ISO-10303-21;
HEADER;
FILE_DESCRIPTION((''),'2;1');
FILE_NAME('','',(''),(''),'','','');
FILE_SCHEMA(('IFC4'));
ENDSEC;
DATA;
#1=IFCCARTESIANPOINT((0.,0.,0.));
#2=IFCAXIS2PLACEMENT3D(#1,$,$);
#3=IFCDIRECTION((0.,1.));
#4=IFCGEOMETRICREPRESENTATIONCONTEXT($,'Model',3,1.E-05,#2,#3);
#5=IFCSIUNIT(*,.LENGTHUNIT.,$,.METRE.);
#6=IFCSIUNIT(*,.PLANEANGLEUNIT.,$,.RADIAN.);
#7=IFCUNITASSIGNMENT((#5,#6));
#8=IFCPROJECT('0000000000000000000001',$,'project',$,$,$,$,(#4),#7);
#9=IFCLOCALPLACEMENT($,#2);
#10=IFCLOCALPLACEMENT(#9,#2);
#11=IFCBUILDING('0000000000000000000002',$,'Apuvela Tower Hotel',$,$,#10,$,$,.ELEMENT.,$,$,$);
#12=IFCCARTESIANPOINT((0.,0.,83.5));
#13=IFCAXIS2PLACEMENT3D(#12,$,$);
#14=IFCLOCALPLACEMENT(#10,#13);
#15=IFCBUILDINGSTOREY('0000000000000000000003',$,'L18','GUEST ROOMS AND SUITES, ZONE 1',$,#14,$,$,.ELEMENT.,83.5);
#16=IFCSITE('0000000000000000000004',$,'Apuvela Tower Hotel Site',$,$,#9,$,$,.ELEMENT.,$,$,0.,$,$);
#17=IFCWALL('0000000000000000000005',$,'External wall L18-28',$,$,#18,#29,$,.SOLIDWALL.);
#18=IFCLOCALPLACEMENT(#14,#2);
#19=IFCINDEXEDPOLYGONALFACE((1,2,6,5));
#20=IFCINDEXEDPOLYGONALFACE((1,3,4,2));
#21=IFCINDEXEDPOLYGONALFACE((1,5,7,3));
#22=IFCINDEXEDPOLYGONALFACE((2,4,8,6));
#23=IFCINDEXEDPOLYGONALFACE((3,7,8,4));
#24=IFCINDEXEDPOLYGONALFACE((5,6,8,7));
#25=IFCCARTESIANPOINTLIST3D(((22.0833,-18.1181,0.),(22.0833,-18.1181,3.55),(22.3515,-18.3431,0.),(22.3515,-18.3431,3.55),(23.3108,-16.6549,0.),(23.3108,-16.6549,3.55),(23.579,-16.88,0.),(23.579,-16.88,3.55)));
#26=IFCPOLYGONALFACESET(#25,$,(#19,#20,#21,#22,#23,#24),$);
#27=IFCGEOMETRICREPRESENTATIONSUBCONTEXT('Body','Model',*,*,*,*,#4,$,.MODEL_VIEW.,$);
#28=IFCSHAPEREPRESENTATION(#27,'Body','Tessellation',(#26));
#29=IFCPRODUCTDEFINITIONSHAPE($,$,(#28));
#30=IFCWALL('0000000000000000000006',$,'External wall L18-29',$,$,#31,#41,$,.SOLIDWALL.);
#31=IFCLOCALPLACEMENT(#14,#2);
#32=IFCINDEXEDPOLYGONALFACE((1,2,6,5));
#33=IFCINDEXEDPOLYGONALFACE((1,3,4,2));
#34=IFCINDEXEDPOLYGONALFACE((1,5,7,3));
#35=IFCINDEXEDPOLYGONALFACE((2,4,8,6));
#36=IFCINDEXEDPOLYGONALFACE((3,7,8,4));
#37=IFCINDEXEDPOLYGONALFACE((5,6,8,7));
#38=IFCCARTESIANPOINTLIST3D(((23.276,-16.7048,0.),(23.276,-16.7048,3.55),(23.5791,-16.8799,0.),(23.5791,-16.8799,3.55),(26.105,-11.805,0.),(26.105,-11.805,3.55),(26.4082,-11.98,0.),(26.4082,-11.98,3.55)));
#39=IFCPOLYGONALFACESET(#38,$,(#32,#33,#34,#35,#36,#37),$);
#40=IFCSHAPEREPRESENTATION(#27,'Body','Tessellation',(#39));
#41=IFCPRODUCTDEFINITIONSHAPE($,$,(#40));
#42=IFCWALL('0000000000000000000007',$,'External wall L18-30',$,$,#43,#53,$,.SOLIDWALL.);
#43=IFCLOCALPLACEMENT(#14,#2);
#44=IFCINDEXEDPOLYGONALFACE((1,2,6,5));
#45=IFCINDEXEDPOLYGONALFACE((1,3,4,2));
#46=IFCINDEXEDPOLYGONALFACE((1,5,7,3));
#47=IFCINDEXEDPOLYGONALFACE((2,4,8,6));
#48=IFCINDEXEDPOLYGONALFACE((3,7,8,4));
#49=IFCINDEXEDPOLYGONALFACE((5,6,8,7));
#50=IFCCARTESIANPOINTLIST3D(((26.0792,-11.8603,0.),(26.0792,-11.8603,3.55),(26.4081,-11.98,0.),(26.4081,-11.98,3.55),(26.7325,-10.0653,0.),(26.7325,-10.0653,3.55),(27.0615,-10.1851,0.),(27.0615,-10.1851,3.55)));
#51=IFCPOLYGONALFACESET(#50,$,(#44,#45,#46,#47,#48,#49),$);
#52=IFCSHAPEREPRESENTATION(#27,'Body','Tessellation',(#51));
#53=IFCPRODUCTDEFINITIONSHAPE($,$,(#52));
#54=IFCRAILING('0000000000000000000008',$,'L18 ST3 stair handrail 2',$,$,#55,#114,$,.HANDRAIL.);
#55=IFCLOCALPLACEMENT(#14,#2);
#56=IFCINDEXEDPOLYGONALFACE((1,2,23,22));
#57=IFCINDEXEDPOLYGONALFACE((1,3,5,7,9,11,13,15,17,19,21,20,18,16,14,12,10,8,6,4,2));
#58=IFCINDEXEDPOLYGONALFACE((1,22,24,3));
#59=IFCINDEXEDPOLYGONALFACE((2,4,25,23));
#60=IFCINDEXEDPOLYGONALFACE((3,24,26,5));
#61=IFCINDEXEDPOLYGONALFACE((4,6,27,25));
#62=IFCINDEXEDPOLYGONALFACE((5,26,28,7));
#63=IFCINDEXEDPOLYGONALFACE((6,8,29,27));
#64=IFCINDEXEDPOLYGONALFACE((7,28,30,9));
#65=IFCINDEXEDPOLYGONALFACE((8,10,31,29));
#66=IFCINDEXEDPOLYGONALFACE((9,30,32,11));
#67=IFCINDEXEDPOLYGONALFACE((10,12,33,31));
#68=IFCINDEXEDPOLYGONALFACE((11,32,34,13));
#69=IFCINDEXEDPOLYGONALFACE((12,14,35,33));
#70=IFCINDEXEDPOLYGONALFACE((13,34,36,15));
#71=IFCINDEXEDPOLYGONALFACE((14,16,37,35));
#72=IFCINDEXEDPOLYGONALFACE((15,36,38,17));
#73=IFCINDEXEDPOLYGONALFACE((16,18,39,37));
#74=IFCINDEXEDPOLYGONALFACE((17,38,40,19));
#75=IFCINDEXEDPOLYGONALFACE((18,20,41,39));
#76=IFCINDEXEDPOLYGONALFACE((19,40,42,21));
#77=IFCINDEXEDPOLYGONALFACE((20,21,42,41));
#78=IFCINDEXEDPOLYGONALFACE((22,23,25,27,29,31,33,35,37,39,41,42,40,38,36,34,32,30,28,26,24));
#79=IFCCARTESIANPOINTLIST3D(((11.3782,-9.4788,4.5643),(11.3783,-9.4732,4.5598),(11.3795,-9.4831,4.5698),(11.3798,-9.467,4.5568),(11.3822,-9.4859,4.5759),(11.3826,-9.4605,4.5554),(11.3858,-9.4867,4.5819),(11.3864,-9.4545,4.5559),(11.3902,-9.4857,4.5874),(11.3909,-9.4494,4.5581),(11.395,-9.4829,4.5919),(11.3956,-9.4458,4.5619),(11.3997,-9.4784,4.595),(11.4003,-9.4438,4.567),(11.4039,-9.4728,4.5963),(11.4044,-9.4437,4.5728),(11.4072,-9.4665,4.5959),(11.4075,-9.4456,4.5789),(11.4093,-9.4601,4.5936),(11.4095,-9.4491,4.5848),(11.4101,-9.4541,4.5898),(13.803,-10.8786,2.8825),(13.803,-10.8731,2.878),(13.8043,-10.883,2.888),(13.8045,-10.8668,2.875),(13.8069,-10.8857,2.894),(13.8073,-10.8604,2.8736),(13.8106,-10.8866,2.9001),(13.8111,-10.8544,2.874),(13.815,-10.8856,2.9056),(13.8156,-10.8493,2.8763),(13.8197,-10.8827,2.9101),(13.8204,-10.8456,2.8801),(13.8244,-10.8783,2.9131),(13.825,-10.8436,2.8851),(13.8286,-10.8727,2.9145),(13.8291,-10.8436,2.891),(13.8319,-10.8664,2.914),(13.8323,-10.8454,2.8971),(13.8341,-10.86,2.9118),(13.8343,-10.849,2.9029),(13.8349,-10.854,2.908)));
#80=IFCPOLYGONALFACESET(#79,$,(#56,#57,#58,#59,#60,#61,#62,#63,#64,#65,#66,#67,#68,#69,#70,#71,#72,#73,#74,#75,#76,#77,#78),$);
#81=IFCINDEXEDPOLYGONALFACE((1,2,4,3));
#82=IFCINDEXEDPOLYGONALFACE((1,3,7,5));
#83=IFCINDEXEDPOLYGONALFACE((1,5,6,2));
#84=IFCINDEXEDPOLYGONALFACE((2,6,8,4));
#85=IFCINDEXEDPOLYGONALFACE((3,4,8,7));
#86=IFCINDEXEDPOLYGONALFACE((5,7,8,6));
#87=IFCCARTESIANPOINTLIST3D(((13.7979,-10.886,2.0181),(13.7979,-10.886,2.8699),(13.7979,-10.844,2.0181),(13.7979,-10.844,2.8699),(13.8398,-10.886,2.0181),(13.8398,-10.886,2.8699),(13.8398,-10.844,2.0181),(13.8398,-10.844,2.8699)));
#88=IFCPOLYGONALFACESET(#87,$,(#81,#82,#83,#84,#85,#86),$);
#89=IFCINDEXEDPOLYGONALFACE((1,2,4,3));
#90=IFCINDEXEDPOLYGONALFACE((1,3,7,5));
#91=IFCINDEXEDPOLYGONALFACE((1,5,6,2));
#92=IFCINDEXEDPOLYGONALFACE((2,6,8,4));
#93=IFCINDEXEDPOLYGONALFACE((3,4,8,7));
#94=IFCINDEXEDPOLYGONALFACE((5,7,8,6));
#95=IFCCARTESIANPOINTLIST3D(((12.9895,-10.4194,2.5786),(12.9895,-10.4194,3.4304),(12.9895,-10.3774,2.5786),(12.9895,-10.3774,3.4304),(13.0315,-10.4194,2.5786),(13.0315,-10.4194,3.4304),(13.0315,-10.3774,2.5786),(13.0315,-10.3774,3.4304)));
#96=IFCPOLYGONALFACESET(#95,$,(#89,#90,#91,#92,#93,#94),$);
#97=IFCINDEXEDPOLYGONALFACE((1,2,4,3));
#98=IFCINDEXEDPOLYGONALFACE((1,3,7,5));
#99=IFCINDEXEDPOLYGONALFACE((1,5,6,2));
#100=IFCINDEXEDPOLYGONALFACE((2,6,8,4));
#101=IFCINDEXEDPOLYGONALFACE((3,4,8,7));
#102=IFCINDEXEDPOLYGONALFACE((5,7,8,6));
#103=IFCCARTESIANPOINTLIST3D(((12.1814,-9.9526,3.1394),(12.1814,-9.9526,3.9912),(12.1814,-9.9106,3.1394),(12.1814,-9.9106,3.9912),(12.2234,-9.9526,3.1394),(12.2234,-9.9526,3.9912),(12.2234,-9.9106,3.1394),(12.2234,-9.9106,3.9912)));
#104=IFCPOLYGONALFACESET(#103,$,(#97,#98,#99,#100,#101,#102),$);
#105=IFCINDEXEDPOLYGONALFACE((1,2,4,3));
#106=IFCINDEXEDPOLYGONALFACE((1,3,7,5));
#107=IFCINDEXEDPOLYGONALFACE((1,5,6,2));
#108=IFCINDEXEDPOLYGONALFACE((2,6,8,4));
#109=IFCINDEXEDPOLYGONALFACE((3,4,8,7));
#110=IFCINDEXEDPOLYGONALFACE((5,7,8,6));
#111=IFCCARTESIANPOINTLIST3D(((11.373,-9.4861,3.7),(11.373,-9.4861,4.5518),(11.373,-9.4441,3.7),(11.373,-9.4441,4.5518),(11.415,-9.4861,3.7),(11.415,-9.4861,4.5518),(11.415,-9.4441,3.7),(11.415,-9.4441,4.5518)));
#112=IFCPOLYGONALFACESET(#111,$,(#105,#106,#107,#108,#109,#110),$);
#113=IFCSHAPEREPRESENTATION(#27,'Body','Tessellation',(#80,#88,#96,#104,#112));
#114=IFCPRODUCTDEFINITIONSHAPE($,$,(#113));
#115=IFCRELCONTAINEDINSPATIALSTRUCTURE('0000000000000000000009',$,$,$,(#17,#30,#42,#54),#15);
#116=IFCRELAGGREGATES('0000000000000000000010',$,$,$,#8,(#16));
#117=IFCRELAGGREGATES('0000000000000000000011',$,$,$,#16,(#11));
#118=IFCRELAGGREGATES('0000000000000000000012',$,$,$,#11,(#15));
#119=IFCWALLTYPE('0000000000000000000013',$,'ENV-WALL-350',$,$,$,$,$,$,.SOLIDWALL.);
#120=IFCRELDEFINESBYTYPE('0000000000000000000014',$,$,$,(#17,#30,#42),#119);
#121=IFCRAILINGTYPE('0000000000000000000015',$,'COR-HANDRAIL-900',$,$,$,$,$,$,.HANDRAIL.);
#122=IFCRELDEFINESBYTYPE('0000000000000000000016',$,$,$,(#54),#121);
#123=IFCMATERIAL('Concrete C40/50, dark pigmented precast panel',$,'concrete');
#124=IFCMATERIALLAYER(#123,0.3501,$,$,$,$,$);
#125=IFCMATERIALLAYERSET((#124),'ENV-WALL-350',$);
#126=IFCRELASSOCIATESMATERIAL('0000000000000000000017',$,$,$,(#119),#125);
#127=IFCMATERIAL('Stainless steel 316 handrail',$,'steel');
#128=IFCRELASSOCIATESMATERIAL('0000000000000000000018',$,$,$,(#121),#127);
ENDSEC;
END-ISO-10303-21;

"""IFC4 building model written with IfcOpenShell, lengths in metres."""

from ifc_helpers import new_model, si_unit, direction, frame, frame_2d, origin, origin_2d, place, context, subcontext, project, spatial, rectangle, circle, extrude, material, layer, layer_set, type_object, element, save


model = new_model("IFC4")

# Units and contexts
model_context = context("Model", 3, precision=1e-05, world=origin(), true_north=direction((0.0, 1.0)))
body_context = subcontext(model_context, "Body", "Model", "MODEL_VIEW")
ifc_project = project(units=[si_unit("LENGTHUNIT", "METRE"), si_unit("PLANEANGLEUNIT", "RADIAN")], contexts=[model_context])

# Site, building, storey
site_placement = place(None, origin())
site = spatial("IfcSite", under=ifc_project, at=site_placement, Name="Apuvela Tower Hotel Site", CompositionType="ELEMENT", RefElevation=0.0)
building_placement = place(site_placement, origin())
building = spatial("IfcBuilding", under=site, at=building_placement, Name="Apuvela Tower Hotel", CompositionType="ELEMENT")
storey_placement = place(building_placement, frame((0.0, 0.0, 83.5)))
storey = spatial("IfcBuildingStorey", under=building, at=storey_placement, Name="L18", Description="GUEST ROOMS AND SUITES, ZONE 1", CompositionType="ELEMENT", Elevation=83.5)

# Shared definitions
ifc_material_1 = material(Name="Concrete C40/50, dark pigmented precast panel", Category="concrete")
ifc_layer_1 = layer(ifc_material_1, 0.3501)
ifc_layer_set_1 = layer_set([ifc_layer_1], Name="ENV-WALL-350")
wall_type_1 = type_object("IfcWallType", Name="ENV-WALL-350", PredefinedType="SOLIDWALL", material=ifc_layer_set_1)

# Walls
for number, where, z_axis, x_axis, name in (
    (1, (22.2173, -18.2307, 0.0), (0.0, 0.0, 1.0), (0.642733, 0.76609, 0.0), "External wall L18-28"),
):
    element("IfcWall", number, at=place(storey_placement, frame(where, z_axis=z_axis, x_axis=x_axis)), inside=storey, type_object=wall_type_1, Name=name, PredefinedType="SOLIDWALL", context=body_context, shape_type="SweptSolid", body=[
        extrude(rectangle(XDim=1.9099, YDim=0.3501, at=frame_2d((0.9551, 0.0))), origin(), (0.0, 0.0, 1.0), 3.55),
    ])
wall_1_placement = place(storey_placement, frame((23.4275, -16.7925, 0.0), z_axis=(0.0, 0.0, 1.0), x_axis=(0.500019, 0.866015, 0.0)))
element("IfcWall", 2, at=wall_1_placement, inside=storey, type_object=wall_type_1, Name="External wall L18-29", PredefinedType="SOLIDWALL", context=body_context, shape_type="SweptSolid", body=[
    extrude(rectangle(XDim=5.658, YDim=0.3501, at=frame_2d((2.8291, 0.0))), origin(), (0.0, 0.0, 1.0), 3.55),
])
wall_2_placement = place(storey_placement, frame((26.2437, -11.9202, 0.0), z_axis=(0.0, 0.0, 1.0), x_axis=(0.34203, 0.939689, 0.0)))
element("IfcWall", 3, at=wall_2_placement, inside=storey, type_object=wall_type_1, Name="External wall L18-30", PredefinedType="SOLIDWALL", context=body_context, shape_type="SweptSolid", body=[
    extrude(rectangle(XDim=1.9102, YDim=0.3501, at=frame_2d((0.9551, 0.0))), origin(), (0.0, 0.0, 1.0), 3.55),
])

# Railing
ifc_material_2 = material(Name="Stainless steel 316 handrail", Category="steel")
railing_type = type_object("IfcRailingType", Name="COR-HANDRAIL-900", PredefinedType="HANDRAIL", material=ifc_material_2)
railing_placement = place(storey_placement, frame((13.8188, -10.865, 2.0181)))
element("IfcRailing", 4, at=railing_placement, inside=storey, type_object=railing_type, Name="L18 ST3 stair handrail 2", PredefinedType="HANDRAIL", context=body_context, shape_type="SweptSolid", body=[
    extrude(circle(Radius=0.0239, at=origin_2d()), frame((0.0, 0.0, 0.876), z_axis=(-0.74239, 0.428601, 0.514934), x_axis=(-0.499984, -0.866035, 0.0)), (0.0, 0.0, 1.0), 3.2661),
    extrude(rectangle(XDim=0.042, YDim=0.042, at=origin_2d()), origin(), (0.0, 0.0, 1.0), 0.8518),
    extrude(rectangle(XDim=0.042, YDim=0.042, at=origin_2d()), frame((-0.8083, 0.4666, 0.5605)), (0.0, 0.0, 1.0), 0.8518),
    extrude(rectangle(XDim=0.042, YDim=0.042, at=origin_2d()), frame((-1.6165, 0.9333, 1.1213)), (0.0, 0.0, 1.0), 0.8518),
    extrude(rectangle(XDim=0.042, YDim=0.042, at=origin_2d()), frame((-2.4248, 1.3999, 1.6819)), (0.0, 0.0, 1.0), 0.8518),
])

save(model, "model.ifc")
